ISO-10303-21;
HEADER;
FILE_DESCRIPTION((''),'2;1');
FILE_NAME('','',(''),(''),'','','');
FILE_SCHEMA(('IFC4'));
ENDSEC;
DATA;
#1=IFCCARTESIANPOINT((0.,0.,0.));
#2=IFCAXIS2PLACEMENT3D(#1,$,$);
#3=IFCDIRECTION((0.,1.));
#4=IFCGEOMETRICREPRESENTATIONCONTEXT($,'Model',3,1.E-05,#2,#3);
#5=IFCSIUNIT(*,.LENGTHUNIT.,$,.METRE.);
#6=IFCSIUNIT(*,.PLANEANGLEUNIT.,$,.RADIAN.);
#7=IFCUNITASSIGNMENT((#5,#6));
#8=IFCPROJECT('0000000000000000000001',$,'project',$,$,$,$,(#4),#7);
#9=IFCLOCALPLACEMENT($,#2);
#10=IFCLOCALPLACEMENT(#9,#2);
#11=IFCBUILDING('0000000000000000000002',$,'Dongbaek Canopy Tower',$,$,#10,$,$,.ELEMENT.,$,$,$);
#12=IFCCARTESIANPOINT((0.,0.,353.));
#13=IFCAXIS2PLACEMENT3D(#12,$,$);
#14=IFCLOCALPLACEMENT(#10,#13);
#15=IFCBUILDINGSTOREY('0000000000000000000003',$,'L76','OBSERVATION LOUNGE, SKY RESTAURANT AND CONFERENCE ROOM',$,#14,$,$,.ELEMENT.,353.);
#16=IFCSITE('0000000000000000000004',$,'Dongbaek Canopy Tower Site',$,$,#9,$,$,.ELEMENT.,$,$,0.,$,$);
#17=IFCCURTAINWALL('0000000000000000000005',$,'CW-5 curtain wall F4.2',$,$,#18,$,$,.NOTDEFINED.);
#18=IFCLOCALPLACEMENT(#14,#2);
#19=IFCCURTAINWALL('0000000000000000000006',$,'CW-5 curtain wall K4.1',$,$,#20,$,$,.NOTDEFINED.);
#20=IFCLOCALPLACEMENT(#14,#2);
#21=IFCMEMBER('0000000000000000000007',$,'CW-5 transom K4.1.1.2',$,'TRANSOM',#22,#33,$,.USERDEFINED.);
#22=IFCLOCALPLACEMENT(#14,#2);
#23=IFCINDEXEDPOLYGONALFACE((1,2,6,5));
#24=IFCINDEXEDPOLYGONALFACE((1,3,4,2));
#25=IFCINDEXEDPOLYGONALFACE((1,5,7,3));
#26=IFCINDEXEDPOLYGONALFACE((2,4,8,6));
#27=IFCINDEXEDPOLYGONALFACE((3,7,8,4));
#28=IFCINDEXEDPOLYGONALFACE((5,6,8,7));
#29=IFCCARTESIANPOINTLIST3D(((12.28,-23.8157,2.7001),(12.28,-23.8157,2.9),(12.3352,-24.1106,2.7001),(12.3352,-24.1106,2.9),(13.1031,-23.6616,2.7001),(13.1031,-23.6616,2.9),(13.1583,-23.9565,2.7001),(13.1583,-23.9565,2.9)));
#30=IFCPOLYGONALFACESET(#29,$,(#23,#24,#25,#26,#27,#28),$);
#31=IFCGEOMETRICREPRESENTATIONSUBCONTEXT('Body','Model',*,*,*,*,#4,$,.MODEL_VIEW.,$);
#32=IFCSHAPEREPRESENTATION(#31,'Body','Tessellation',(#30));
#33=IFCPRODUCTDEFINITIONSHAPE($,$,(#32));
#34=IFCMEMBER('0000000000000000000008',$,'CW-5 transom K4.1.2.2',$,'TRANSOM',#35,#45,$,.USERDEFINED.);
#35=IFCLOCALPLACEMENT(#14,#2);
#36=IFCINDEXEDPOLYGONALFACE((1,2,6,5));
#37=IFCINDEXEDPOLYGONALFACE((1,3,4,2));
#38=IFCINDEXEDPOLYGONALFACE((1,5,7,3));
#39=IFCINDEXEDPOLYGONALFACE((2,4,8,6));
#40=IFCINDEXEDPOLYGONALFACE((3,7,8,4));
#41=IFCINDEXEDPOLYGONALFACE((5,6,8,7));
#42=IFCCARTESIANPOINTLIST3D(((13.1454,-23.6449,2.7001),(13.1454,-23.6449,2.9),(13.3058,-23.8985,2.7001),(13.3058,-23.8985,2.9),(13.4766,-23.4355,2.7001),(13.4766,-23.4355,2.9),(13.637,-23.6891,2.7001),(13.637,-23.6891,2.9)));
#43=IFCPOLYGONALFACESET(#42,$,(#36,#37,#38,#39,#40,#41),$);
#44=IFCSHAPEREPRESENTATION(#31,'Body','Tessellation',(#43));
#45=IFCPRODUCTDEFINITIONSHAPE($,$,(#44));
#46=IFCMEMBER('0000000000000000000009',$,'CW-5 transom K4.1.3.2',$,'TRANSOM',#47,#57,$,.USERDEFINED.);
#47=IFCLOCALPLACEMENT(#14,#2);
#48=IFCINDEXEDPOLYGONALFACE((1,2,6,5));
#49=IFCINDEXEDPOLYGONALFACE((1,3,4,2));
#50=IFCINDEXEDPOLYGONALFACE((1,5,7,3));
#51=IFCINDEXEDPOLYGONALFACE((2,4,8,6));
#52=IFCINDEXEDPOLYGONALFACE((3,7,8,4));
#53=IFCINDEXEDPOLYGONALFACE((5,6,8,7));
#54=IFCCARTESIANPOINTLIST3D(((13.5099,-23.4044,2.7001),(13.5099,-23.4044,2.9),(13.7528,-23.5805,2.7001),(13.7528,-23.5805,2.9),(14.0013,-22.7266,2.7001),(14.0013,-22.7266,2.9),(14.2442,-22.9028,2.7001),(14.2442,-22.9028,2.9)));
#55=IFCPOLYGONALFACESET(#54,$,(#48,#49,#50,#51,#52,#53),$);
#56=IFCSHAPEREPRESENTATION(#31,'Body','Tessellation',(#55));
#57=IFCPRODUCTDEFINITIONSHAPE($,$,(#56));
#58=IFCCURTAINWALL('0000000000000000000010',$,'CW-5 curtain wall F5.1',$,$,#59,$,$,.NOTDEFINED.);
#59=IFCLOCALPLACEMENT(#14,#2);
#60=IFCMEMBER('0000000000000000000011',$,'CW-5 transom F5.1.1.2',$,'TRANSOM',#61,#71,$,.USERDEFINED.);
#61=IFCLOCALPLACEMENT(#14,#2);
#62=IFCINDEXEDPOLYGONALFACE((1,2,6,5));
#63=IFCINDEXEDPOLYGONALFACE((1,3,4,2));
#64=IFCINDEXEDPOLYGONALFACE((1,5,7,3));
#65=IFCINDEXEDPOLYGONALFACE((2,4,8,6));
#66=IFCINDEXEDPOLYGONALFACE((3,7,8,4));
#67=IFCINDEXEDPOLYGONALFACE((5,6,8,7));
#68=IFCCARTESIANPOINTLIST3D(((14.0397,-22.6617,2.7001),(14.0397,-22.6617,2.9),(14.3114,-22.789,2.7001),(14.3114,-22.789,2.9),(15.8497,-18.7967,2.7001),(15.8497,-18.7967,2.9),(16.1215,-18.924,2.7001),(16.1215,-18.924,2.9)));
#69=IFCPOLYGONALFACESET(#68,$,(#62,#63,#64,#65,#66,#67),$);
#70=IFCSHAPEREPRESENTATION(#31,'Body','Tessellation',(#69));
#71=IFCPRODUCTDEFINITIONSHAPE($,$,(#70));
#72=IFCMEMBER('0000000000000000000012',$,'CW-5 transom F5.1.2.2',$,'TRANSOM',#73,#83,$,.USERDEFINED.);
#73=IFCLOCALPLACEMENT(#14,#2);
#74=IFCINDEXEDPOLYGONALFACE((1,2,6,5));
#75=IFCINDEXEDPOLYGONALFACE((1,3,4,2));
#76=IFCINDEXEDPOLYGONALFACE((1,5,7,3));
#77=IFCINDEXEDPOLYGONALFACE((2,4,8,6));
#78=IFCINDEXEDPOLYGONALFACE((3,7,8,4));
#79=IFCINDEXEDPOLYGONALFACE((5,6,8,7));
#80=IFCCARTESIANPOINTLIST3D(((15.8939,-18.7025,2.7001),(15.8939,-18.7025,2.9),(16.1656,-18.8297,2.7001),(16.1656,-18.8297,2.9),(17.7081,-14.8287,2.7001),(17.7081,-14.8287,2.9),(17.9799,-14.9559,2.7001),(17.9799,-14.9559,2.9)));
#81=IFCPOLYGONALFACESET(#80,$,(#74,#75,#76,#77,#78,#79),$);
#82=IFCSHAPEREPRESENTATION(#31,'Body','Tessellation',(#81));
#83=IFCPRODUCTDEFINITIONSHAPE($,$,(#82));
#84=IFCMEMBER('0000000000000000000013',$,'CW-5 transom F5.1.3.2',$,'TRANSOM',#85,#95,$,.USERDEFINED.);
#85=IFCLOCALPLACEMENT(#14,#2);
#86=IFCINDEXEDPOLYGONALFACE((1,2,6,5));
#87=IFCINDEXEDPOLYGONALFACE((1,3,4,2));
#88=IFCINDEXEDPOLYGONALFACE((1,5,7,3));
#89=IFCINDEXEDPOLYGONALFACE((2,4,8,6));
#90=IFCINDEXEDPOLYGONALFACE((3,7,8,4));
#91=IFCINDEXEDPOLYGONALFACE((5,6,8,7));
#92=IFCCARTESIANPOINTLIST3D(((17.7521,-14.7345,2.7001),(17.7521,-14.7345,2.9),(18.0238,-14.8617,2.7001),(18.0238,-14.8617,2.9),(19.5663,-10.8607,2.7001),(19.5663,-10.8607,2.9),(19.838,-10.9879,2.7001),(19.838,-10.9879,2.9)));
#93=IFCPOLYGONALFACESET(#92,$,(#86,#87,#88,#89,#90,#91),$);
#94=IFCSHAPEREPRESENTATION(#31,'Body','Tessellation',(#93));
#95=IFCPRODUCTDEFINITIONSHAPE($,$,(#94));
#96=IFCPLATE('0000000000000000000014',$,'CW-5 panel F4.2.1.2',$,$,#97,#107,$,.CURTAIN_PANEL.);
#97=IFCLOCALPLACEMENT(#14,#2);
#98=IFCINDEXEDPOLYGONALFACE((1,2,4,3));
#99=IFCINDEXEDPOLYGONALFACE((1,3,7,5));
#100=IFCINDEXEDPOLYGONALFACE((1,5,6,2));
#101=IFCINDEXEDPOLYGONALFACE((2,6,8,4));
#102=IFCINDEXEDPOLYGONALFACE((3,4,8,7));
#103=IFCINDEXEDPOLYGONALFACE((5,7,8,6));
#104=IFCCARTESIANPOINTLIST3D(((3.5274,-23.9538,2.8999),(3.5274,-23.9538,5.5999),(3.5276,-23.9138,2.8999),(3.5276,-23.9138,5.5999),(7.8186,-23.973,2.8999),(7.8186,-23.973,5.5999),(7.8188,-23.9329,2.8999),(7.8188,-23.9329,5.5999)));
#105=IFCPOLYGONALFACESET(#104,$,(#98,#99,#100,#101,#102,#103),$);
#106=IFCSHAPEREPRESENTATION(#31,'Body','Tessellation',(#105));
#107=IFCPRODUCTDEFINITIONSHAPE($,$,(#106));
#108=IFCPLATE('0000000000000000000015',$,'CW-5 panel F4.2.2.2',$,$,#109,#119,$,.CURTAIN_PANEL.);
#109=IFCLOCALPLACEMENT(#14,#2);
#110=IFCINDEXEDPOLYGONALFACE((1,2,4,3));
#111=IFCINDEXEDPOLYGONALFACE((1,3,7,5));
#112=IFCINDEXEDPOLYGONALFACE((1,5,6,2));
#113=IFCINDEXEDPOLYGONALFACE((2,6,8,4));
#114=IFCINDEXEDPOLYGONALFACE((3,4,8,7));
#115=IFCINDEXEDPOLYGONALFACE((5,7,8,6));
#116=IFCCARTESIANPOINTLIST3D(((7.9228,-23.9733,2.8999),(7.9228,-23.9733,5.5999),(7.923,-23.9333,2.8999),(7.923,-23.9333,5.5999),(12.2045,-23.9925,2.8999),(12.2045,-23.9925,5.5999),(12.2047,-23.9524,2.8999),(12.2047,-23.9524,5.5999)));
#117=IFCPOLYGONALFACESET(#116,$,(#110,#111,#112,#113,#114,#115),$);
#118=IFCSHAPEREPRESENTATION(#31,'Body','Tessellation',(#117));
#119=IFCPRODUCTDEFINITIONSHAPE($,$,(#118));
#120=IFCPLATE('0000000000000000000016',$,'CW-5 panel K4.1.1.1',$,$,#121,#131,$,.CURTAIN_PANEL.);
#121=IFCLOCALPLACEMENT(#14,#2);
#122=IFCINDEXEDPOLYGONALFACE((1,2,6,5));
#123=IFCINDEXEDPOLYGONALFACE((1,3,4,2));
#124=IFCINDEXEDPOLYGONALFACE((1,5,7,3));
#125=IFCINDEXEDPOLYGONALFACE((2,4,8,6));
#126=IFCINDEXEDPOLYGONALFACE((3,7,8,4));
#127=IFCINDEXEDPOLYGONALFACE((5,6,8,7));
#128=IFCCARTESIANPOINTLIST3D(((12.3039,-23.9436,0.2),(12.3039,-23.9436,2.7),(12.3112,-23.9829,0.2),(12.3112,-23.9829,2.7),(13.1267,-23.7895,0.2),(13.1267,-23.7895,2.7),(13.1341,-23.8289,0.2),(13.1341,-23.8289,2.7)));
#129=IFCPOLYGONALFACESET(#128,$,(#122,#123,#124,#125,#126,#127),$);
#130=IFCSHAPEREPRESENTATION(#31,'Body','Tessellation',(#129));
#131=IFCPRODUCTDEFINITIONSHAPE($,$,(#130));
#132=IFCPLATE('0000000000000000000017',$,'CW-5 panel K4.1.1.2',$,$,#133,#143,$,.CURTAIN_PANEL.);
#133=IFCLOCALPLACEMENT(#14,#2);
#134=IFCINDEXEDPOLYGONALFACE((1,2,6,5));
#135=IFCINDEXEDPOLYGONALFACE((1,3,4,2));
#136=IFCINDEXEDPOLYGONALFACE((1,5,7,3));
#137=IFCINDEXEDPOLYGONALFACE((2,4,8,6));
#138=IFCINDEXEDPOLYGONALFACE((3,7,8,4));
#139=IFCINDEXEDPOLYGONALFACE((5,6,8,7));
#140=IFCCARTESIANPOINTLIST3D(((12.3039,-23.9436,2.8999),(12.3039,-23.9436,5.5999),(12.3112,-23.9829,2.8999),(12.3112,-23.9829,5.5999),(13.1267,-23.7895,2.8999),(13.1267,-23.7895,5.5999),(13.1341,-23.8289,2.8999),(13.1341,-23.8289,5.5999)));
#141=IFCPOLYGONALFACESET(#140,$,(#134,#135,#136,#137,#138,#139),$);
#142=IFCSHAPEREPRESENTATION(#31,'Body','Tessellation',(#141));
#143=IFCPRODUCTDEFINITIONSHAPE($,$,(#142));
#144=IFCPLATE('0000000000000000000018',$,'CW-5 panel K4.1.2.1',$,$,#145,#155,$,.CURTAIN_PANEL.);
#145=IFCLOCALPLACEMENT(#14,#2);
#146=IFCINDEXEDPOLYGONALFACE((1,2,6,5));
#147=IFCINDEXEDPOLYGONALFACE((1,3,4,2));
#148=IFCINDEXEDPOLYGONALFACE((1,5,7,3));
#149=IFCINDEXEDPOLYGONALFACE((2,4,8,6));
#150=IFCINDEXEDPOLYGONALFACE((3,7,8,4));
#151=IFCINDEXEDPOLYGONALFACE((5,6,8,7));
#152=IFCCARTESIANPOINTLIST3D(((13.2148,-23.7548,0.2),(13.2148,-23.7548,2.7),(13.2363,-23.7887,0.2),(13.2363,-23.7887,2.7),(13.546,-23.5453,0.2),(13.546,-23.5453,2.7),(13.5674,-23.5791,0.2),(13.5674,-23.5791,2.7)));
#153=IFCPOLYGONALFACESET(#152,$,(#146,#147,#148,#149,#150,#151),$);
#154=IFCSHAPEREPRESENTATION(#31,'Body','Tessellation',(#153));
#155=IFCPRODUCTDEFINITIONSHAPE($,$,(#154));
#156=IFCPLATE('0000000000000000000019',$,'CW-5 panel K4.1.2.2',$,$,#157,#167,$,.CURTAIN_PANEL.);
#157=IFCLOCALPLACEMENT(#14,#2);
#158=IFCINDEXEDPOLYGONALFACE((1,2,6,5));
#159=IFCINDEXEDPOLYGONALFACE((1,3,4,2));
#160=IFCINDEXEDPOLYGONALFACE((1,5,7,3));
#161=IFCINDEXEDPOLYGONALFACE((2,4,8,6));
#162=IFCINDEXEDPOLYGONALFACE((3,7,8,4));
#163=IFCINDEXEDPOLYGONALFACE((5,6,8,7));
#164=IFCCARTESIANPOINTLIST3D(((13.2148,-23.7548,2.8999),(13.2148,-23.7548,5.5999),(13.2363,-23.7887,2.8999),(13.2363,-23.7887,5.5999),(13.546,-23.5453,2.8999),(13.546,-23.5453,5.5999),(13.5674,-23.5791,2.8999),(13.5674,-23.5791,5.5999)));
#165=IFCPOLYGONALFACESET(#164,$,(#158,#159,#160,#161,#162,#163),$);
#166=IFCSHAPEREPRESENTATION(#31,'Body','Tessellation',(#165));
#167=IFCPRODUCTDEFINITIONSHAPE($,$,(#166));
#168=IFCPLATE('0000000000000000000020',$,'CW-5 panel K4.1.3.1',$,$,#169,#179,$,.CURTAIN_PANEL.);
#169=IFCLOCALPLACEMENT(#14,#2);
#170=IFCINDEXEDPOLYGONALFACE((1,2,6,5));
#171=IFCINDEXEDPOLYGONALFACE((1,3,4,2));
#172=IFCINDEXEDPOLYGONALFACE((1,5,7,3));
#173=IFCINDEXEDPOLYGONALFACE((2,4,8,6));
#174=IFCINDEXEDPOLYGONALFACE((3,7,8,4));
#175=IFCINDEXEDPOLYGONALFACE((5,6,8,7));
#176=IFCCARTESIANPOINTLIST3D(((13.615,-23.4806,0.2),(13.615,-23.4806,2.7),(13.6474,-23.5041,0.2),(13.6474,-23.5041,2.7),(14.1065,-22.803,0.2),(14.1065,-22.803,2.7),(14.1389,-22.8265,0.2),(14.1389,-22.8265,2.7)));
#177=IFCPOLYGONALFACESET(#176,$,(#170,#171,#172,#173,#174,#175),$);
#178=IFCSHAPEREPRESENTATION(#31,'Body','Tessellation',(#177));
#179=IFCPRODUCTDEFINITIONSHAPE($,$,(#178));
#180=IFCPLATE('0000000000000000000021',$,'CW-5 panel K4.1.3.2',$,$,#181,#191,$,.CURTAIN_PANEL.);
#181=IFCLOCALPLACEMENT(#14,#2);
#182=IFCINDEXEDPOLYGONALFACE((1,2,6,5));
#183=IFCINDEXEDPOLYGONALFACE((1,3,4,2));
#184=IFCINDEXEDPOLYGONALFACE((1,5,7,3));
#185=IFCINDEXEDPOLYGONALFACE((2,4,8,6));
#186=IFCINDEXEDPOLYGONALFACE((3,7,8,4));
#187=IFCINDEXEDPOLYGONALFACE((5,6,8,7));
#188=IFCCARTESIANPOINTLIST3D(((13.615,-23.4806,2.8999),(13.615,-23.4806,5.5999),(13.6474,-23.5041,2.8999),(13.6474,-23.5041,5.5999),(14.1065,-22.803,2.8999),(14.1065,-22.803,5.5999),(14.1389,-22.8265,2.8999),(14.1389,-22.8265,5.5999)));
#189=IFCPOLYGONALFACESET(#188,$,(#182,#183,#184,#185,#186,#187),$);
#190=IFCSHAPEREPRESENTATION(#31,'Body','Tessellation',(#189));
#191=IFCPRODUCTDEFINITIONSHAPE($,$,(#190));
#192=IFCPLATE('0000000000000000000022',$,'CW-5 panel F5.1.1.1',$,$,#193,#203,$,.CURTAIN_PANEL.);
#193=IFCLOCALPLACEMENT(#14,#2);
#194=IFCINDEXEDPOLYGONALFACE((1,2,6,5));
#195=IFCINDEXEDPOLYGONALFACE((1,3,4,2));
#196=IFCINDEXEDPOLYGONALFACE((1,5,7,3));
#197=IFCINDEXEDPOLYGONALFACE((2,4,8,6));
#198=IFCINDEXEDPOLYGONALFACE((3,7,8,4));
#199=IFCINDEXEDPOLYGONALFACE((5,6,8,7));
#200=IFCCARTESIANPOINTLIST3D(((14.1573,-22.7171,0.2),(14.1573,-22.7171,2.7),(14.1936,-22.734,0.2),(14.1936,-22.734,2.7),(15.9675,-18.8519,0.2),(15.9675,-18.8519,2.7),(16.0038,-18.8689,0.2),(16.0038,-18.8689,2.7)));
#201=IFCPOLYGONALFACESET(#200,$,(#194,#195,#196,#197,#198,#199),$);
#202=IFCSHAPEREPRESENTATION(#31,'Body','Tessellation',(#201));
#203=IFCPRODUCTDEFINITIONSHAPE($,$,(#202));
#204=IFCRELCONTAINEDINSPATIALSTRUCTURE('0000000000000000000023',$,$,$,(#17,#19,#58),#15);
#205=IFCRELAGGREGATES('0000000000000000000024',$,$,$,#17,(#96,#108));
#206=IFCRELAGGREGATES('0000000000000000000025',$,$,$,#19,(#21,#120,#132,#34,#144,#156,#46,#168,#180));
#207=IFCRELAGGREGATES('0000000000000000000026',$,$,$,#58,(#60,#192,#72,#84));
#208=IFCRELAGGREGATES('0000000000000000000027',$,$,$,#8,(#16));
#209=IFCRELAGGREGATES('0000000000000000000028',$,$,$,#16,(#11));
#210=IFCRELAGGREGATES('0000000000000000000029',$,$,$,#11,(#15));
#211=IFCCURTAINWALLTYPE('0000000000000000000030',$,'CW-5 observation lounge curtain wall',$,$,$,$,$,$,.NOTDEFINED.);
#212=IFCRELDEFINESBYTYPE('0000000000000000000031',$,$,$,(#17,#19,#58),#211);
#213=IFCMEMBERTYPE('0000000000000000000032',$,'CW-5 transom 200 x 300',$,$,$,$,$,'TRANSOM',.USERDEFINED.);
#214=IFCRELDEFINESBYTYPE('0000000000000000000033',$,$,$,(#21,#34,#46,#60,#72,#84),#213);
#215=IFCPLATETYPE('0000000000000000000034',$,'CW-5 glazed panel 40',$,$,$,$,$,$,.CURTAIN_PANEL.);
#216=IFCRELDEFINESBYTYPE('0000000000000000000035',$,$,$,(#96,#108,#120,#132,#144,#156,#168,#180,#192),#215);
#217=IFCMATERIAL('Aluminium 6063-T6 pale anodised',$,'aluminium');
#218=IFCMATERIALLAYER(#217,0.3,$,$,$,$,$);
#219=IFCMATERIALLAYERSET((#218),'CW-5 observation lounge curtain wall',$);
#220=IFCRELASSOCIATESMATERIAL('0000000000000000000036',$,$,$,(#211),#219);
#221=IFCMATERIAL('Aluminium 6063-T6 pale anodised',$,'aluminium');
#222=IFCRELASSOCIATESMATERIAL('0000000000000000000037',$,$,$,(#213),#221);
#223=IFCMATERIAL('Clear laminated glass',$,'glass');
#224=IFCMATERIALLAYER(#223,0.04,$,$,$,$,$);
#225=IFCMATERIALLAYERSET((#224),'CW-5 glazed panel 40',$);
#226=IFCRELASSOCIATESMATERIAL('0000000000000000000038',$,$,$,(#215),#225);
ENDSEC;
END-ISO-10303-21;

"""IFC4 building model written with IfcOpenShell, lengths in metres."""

from ifc_helpers import new_model, si_unit, direction, frame, origin, origin_2d, place, context, subcontext, project, spatial, rectangle, extrude, material, layer, layer_set, material_profile, profile_set, type_object, element, aggregate, save


model = new_model("IFC4")

# Units and contexts
model_context = context("Model", 3, precision=1e-05, world=origin(), true_north=direction((0.0, 1.0)))
body_context = subcontext(model_context, "Body", "Model", "MODEL_VIEW")
ifc_project = project(units=[si_unit("LENGTHUNIT", "METRE"), si_unit("PLANEANGLEUNIT", "RADIAN")], contexts=[model_context])

# Site, building, storey
site_placement = place(None, origin())
site = spatial("IfcSite", under=ifc_project, at=site_placement, Name="Dongbaek Canopy Tower Site", CompositionType="ELEMENT", RefElevation=0.0)
building_placement = place(site_placement, origin())
building = spatial("IfcBuilding", under=site, at=building_placement, Name="Dongbaek Canopy Tower", CompositionType="ELEMENT")
storey_placement = place(building_placement, frame((0.0, 0.0, 353.0)))
storey = spatial("IfcBuildingStorey", under=building, at=storey_placement, Name="L76", Description="OBSERVATION LOUNGE, SKY RESTAURANT AND CONFERENCE ROOM", CompositionType="ELEMENT", Elevation=353.0)

# Curtain walls, members
ifc_material_1 = material(Name="Aluminium 6063-T6 pale anodised", Category="aluminium")
ifc_layer_1 = layer(ifc_material_1, 0.3)
ifc_layer_set_1 = layer_set([ifc_layer_1], Name="CW-5 observation lounge curtain wall")
curtain_wall_type = type_object("IfcCurtainWallType", Name="CW-5 observation lounge curtain wall", PredefinedType="NOTDEFINED", material=ifc_layer_set_1)
curtain_wall_1_placement = place(storey_placement, origin())
curtain_wall_1 = element("IfcCurtainWall", 1, at=curtain_wall_1_placement, inside=storey, type_object=curtain_wall_type, Name="CW-5 curtain wall F4.2", PredefinedType="NOTDEFINED")
ifc_material_2 = material(Name="Aluminium 6063-T6 pale anodised", Category="aluminium")
ifc_material_profile_1 = material_profile(ifc_material_2, rectangle(XDim=0.3, YDim=0.2, at=origin_2d()), Name="CW-5 transom 200 x 300")
ifc_profile_set_1 = profile_set([ifc_material_profile_1], Name="Aluminium 6063-T6 pale anodised")
member_type_1 = type_object("IfcMemberType", Name="CW-5 transom 200 x 300", ElementType="TRANSOM", PredefinedType="USERDEFINED", material=ifc_profile_set_1)
curtain_wall_2_placement = place(storey_placement, origin())
curtain_wall_2 = element("IfcCurtainWall", 2, at=curtain_wall_2_placement, inside=storey, type_object=curtain_wall_type, Name="CW-5 curtain wall K4.1", PredefinedType="NOTDEFINED")
member_1_placement = place(storey_placement, frame((12.3076, -23.9631, 2.8), z_axis=(0.982928, 0.183989, 0.0), x_axis=(-0.183989, 0.982928, 0.0)))
member_1 = element("IfcMember", 3, at=member_1_placement, type_object=member_type_1, Name="CW-5 transom K4.1.1.2", ObjectType="TRANSOM", PredefinedType="USERDEFINED", context=body_context, shape_type="SweptSolid", body=[
    extrude(rectangle(XDim=0.3, YDim=0.2, at=origin_2d()), origin(), (0.0, 0.0, 1.0), 0.8374),
])
member_2_placement = place(storey_placement, frame((13.2256, -23.7717, 2.8), z_axis=(0.845222, 0.534415, 0.0), x_axis=(-0.534415, 0.845222, 0.0)))
member_2 = element("IfcMember", 4, at=member_2_placement, type_object=member_type_1, Name="CW-5 transom K4.1.2.2", ObjectType="TRANSOM", PredefinedType="USERDEFINED", context=body_context, shape_type="SweptSolid", body=[
    extrude(rectangle(XDim=0.3, YDim=0.2, at=origin_2d()), origin(), (0.0, 0.0, 1.0), 0.3918),
])
member_3_placement = place(storey_placement, frame((13.6313, -23.4924, 2.8), z_axis=(0.587044, 0.809555, 0.0), x_axis=(-0.809555, 0.587044, 0.0)))
member_3 = element("IfcMember", 5, at=member_3_placement, type_object=member_type_1, Name="CW-5 transom K4.1.3.2", ObjectType="TRANSOM", PredefinedType="USERDEFINED", context=body_context, shape_type="SweptSolid", body=[
    extrude(rectangle(XDim=0.3, YDim=0.2, at=origin_2d()), origin(), (0.0, 0.0, 1.0), 0.8372),
])
curtain_wall_3_placement = place(storey_placement, origin())
curtain_wall_3 = element("IfcCurtainWall", 6, at=curtain_wall_3_placement, inside=storey, type_object=curtain_wall_type, Name="CW-5 curtain wall F5.1", PredefinedType="NOTDEFINED")
member_4_placement = place(storey_placement, frame((14.1755, -22.7253, 2.8), z_axis=(0.424116, 0.905608, 0.0), x_axis=(-0.905608, 0.424116, 0.0)))
member_4 = element("IfcMember", 7, at=member_4_placement, type_object=member_type_1, Name="CW-5 transom F5.1.1.2", ObjectType="TRANSOM", PredefinedType="USERDEFINED", context=body_context, shape_type="SweptSolid", body=[
    extrude(rectangle(XDim=0.3, YDim=0.2, at=origin_2d()), origin(), (0.0, 0.0, 1.0), 4.2678),
])
member_5_placement = place(storey_placement, frame((16.0298, -18.7661, 2.8), z_axis=(0.424122, 0.905605, 0.0), x_axis=(-0.905605, 0.424122, 0.0)))
member_5 = element("IfcMember", 8, at=member_5_placement, type_object=member_type_1, Name="CW-5 transom F5.1.2.2", ObjectType="TRANSOM", PredefinedType="USERDEFINED", context=body_context, shape_type="SweptSolid", body=[
    extrude(rectangle(XDim=0.3, YDim=0.2, at=origin_2d()), origin(), (0.0, 0.0, 1.0), 4.2776),
])
member_6_placement = place(storey_placement, frame((17.8879, -14.7981, 2.8), z_axis=(0.424122, 0.905605, 0.0), x_axis=(-0.905605, 0.424122, 0.0)))
member_6 = element("IfcMember", 9, at=member_6_placement, type_object=member_type_1, Name="CW-5 transom F5.1.3.2", ObjectType="TRANSOM", PredefinedType="USERDEFINED", context=body_context, shape_type="SweptSolid", body=[
    extrude(rectangle(XDim=0.3, YDim=0.2, at=origin_2d()), origin(), (0.0, 0.0, 1.0), 4.2776),
])

# Plates
ifc_material_3 = material(Name="Clear laminated glass", Category="glass")
ifc_layer_2 = layer(ifc_material_3, 0.04)
ifc_layer_set_2 = layer_set([ifc_layer_2], Name="CW-5 glazed panel 40")
plate_type = type_object("IfcPlateType", Name="CW-5 glazed panel 40", PredefinedType="CURTAIN_PANEL", material=ifc_layer_set_2)
plate_1_placement = place(storey_placement, frame((5.6731, -23.9434, 2.8999), z_axis=(0.0, 0.0, 1.0), x_axis=(0.99999, -0.004466, 0.0)))
plate_1 = element("IfcPlate", 10, at=plate_1_placement, type_object=plate_type, Name="CW-5 panel F4.2.1.2", PredefinedType="CURTAIN_PANEL", context=body_context, shape_type="SweptSolid", body=[
    extrude(rectangle(XDim=4.2913, YDim=0.04, at=origin_2d()), origin(), (0.0, 0.0, 1.0), 2.7),
])
plate_2_placement = place(storey_placement, frame((10.0637, -23.9629, 2.8999), z_axis=(0.0, 0.0, 1.0), x_axis=(0.99999, -0.004466, 0.0)))
plate_2 = element("IfcPlate", 11, at=plate_2_placement, type_object=plate_type, Name="CW-5 panel F4.2.2.2", PredefinedType="CURTAIN_PANEL", context=body_context, shape_type="SweptSolid", body=[
    extrude(rectangle(XDim=4.2817, YDim=0.04, at=origin_2d()), origin(), (0.0, 0.0, 1.0), 2.7),
])
aggregate(curtain_wall_1, [plate_1, plate_2])
plate_3_placement = place(storey_placement, frame((12.719, -23.8862, 0.2), z_axis=(0.0, 0.0, 1.0), x_axis=(0.982922, 0.184024, 0.0)))
plate_3 = element("IfcPlate", 12, at=plate_3_placement, type_object=plate_type, Name="CW-5 panel K4.1.1.1", PredefinedType="CURTAIN_PANEL", context=body_context, shape_type="SweptSolid", body=[
    extrude(rectangle(XDim=0.8372, YDim=0.04, at=origin_2d()), origin(), (0.0, 0.0, 1.0), 2.5),
])
plate_4_placement = place(storey_placement, frame((12.719, -23.8862, 2.8999), z_axis=(0.0, 0.0, 1.0), x_axis=(0.982922, 0.184024, 0.0)))
plate_4 = element("IfcPlate", 13, at=plate_4_placement, type_object=plate_type, Name="CW-5 panel K4.1.1.2", PredefinedType="CURTAIN_PANEL", context=body_context, shape_type="SweptSolid", body=[
    extrude(rectangle(XDim=0.8372, YDim=0.04, at=origin_2d()), origin(), (0.0, 0.0, 1.0), 2.7),
])
plate_5_placement = place(storey_placement, frame((13.3911, -23.667, 0.2), z_axis=(0.0, 0.0, 1.0), x_axis=(0.845034, 0.534713, 0.0)))
plate_5 = element("IfcPlate", 14, at=plate_5_placement, type_object=plate_type, Name="CW-5 panel K4.1.2.1", PredefinedType="CURTAIN_PANEL", context=body_context, shape_type="SweptSolid", body=[
    extrude(rectangle(XDim=0.3918, YDim=0.04, at=origin_2d()), origin(), (0.0, 0.0, 1.0), 2.5),
])
plate_6_placement = place(storey_placement, frame((13.3911, -23.667, 2.8999), z_axis=(0.0, 0.0, 1.0), x_axis=(0.845034, 0.534713, 0.0)))
plate_6 = element("IfcPlate", 15, at=plate_6_placement, type_object=plate_type, Name="CW-5 panel K4.1.2.2", PredefinedType="CURTAIN_PANEL", context=body_context, shape_type="SweptSolid", body=[
    extrude(rectangle(XDim=0.3918, YDim=0.04, at=origin_2d()), origin(), (0.0, 0.0, 1.0), 2.7),
])
plate_7_placement = place(storey_placement, frame((13.877, -23.1536, 0.2), z_axis=(0.0, 0.0, 1.0), x_axis=(0.587153, 0.809476, 0.0)))
plate_7 = element("IfcPlate", 16, at=plate_7_placement, type_object=plate_type, Name="CW-5 panel K4.1.3.1", PredefinedType="CURTAIN_PANEL", context=body_context, shape_type="SweptSolid", body=[
    extrude(rectangle(XDim=0.8372, YDim=0.04, at=origin_2d()), origin(), (0.0, 0.0, 1.0), 2.5),
])
plate_8_placement = place(storey_placement, frame((13.877, -23.1536, 2.8999), z_axis=(0.0, 0.0, 1.0), x_axis=(0.587153, 0.809476, 0.0)))
plate_8 = element("IfcPlate", 17, at=plate_8_placement, type_object=plate_type, Name="CW-5 panel K4.1.3.2", PredefinedType="CURTAIN_PANEL", context=body_context, shape_type="SweptSolid", body=[
    extrude(rectangle(XDim=0.8372, YDim=0.04, at=origin_2d()), origin(), (0.0, 0.0, 1.0), 2.7),
])
aggregate(curtain_wall_2, [member_1, plate_3, plate_4, member_2, plate_5, plate_6, member_3, plate_7, plate_8])
plate_9_placement = place(storey_placement, frame((15.0806, -20.793, 0.2), z_axis=(0.0, 0.0, 1.0), x_axis=(0.424123, 0.905605, 0.0)))
plate_9 = element("IfcPlate", 18, at=plate_9_placement, type_object=plate_type, Name="CW-5 panel F5.1.1.1", PredefinedType="CURTAIN_PANEL", context=body_context, shape_type="SweptSolid", body=[
    extrude(rectangle(XDim=4.2681, YDim=0.04, at=origin_2d()), origin(), (0.0, 0.0, 1.0), 2.5),
])
aggregate(curtain_wall_3, [member_4, plate_9, member_5, member_6])

save(model, "model.ifc")
